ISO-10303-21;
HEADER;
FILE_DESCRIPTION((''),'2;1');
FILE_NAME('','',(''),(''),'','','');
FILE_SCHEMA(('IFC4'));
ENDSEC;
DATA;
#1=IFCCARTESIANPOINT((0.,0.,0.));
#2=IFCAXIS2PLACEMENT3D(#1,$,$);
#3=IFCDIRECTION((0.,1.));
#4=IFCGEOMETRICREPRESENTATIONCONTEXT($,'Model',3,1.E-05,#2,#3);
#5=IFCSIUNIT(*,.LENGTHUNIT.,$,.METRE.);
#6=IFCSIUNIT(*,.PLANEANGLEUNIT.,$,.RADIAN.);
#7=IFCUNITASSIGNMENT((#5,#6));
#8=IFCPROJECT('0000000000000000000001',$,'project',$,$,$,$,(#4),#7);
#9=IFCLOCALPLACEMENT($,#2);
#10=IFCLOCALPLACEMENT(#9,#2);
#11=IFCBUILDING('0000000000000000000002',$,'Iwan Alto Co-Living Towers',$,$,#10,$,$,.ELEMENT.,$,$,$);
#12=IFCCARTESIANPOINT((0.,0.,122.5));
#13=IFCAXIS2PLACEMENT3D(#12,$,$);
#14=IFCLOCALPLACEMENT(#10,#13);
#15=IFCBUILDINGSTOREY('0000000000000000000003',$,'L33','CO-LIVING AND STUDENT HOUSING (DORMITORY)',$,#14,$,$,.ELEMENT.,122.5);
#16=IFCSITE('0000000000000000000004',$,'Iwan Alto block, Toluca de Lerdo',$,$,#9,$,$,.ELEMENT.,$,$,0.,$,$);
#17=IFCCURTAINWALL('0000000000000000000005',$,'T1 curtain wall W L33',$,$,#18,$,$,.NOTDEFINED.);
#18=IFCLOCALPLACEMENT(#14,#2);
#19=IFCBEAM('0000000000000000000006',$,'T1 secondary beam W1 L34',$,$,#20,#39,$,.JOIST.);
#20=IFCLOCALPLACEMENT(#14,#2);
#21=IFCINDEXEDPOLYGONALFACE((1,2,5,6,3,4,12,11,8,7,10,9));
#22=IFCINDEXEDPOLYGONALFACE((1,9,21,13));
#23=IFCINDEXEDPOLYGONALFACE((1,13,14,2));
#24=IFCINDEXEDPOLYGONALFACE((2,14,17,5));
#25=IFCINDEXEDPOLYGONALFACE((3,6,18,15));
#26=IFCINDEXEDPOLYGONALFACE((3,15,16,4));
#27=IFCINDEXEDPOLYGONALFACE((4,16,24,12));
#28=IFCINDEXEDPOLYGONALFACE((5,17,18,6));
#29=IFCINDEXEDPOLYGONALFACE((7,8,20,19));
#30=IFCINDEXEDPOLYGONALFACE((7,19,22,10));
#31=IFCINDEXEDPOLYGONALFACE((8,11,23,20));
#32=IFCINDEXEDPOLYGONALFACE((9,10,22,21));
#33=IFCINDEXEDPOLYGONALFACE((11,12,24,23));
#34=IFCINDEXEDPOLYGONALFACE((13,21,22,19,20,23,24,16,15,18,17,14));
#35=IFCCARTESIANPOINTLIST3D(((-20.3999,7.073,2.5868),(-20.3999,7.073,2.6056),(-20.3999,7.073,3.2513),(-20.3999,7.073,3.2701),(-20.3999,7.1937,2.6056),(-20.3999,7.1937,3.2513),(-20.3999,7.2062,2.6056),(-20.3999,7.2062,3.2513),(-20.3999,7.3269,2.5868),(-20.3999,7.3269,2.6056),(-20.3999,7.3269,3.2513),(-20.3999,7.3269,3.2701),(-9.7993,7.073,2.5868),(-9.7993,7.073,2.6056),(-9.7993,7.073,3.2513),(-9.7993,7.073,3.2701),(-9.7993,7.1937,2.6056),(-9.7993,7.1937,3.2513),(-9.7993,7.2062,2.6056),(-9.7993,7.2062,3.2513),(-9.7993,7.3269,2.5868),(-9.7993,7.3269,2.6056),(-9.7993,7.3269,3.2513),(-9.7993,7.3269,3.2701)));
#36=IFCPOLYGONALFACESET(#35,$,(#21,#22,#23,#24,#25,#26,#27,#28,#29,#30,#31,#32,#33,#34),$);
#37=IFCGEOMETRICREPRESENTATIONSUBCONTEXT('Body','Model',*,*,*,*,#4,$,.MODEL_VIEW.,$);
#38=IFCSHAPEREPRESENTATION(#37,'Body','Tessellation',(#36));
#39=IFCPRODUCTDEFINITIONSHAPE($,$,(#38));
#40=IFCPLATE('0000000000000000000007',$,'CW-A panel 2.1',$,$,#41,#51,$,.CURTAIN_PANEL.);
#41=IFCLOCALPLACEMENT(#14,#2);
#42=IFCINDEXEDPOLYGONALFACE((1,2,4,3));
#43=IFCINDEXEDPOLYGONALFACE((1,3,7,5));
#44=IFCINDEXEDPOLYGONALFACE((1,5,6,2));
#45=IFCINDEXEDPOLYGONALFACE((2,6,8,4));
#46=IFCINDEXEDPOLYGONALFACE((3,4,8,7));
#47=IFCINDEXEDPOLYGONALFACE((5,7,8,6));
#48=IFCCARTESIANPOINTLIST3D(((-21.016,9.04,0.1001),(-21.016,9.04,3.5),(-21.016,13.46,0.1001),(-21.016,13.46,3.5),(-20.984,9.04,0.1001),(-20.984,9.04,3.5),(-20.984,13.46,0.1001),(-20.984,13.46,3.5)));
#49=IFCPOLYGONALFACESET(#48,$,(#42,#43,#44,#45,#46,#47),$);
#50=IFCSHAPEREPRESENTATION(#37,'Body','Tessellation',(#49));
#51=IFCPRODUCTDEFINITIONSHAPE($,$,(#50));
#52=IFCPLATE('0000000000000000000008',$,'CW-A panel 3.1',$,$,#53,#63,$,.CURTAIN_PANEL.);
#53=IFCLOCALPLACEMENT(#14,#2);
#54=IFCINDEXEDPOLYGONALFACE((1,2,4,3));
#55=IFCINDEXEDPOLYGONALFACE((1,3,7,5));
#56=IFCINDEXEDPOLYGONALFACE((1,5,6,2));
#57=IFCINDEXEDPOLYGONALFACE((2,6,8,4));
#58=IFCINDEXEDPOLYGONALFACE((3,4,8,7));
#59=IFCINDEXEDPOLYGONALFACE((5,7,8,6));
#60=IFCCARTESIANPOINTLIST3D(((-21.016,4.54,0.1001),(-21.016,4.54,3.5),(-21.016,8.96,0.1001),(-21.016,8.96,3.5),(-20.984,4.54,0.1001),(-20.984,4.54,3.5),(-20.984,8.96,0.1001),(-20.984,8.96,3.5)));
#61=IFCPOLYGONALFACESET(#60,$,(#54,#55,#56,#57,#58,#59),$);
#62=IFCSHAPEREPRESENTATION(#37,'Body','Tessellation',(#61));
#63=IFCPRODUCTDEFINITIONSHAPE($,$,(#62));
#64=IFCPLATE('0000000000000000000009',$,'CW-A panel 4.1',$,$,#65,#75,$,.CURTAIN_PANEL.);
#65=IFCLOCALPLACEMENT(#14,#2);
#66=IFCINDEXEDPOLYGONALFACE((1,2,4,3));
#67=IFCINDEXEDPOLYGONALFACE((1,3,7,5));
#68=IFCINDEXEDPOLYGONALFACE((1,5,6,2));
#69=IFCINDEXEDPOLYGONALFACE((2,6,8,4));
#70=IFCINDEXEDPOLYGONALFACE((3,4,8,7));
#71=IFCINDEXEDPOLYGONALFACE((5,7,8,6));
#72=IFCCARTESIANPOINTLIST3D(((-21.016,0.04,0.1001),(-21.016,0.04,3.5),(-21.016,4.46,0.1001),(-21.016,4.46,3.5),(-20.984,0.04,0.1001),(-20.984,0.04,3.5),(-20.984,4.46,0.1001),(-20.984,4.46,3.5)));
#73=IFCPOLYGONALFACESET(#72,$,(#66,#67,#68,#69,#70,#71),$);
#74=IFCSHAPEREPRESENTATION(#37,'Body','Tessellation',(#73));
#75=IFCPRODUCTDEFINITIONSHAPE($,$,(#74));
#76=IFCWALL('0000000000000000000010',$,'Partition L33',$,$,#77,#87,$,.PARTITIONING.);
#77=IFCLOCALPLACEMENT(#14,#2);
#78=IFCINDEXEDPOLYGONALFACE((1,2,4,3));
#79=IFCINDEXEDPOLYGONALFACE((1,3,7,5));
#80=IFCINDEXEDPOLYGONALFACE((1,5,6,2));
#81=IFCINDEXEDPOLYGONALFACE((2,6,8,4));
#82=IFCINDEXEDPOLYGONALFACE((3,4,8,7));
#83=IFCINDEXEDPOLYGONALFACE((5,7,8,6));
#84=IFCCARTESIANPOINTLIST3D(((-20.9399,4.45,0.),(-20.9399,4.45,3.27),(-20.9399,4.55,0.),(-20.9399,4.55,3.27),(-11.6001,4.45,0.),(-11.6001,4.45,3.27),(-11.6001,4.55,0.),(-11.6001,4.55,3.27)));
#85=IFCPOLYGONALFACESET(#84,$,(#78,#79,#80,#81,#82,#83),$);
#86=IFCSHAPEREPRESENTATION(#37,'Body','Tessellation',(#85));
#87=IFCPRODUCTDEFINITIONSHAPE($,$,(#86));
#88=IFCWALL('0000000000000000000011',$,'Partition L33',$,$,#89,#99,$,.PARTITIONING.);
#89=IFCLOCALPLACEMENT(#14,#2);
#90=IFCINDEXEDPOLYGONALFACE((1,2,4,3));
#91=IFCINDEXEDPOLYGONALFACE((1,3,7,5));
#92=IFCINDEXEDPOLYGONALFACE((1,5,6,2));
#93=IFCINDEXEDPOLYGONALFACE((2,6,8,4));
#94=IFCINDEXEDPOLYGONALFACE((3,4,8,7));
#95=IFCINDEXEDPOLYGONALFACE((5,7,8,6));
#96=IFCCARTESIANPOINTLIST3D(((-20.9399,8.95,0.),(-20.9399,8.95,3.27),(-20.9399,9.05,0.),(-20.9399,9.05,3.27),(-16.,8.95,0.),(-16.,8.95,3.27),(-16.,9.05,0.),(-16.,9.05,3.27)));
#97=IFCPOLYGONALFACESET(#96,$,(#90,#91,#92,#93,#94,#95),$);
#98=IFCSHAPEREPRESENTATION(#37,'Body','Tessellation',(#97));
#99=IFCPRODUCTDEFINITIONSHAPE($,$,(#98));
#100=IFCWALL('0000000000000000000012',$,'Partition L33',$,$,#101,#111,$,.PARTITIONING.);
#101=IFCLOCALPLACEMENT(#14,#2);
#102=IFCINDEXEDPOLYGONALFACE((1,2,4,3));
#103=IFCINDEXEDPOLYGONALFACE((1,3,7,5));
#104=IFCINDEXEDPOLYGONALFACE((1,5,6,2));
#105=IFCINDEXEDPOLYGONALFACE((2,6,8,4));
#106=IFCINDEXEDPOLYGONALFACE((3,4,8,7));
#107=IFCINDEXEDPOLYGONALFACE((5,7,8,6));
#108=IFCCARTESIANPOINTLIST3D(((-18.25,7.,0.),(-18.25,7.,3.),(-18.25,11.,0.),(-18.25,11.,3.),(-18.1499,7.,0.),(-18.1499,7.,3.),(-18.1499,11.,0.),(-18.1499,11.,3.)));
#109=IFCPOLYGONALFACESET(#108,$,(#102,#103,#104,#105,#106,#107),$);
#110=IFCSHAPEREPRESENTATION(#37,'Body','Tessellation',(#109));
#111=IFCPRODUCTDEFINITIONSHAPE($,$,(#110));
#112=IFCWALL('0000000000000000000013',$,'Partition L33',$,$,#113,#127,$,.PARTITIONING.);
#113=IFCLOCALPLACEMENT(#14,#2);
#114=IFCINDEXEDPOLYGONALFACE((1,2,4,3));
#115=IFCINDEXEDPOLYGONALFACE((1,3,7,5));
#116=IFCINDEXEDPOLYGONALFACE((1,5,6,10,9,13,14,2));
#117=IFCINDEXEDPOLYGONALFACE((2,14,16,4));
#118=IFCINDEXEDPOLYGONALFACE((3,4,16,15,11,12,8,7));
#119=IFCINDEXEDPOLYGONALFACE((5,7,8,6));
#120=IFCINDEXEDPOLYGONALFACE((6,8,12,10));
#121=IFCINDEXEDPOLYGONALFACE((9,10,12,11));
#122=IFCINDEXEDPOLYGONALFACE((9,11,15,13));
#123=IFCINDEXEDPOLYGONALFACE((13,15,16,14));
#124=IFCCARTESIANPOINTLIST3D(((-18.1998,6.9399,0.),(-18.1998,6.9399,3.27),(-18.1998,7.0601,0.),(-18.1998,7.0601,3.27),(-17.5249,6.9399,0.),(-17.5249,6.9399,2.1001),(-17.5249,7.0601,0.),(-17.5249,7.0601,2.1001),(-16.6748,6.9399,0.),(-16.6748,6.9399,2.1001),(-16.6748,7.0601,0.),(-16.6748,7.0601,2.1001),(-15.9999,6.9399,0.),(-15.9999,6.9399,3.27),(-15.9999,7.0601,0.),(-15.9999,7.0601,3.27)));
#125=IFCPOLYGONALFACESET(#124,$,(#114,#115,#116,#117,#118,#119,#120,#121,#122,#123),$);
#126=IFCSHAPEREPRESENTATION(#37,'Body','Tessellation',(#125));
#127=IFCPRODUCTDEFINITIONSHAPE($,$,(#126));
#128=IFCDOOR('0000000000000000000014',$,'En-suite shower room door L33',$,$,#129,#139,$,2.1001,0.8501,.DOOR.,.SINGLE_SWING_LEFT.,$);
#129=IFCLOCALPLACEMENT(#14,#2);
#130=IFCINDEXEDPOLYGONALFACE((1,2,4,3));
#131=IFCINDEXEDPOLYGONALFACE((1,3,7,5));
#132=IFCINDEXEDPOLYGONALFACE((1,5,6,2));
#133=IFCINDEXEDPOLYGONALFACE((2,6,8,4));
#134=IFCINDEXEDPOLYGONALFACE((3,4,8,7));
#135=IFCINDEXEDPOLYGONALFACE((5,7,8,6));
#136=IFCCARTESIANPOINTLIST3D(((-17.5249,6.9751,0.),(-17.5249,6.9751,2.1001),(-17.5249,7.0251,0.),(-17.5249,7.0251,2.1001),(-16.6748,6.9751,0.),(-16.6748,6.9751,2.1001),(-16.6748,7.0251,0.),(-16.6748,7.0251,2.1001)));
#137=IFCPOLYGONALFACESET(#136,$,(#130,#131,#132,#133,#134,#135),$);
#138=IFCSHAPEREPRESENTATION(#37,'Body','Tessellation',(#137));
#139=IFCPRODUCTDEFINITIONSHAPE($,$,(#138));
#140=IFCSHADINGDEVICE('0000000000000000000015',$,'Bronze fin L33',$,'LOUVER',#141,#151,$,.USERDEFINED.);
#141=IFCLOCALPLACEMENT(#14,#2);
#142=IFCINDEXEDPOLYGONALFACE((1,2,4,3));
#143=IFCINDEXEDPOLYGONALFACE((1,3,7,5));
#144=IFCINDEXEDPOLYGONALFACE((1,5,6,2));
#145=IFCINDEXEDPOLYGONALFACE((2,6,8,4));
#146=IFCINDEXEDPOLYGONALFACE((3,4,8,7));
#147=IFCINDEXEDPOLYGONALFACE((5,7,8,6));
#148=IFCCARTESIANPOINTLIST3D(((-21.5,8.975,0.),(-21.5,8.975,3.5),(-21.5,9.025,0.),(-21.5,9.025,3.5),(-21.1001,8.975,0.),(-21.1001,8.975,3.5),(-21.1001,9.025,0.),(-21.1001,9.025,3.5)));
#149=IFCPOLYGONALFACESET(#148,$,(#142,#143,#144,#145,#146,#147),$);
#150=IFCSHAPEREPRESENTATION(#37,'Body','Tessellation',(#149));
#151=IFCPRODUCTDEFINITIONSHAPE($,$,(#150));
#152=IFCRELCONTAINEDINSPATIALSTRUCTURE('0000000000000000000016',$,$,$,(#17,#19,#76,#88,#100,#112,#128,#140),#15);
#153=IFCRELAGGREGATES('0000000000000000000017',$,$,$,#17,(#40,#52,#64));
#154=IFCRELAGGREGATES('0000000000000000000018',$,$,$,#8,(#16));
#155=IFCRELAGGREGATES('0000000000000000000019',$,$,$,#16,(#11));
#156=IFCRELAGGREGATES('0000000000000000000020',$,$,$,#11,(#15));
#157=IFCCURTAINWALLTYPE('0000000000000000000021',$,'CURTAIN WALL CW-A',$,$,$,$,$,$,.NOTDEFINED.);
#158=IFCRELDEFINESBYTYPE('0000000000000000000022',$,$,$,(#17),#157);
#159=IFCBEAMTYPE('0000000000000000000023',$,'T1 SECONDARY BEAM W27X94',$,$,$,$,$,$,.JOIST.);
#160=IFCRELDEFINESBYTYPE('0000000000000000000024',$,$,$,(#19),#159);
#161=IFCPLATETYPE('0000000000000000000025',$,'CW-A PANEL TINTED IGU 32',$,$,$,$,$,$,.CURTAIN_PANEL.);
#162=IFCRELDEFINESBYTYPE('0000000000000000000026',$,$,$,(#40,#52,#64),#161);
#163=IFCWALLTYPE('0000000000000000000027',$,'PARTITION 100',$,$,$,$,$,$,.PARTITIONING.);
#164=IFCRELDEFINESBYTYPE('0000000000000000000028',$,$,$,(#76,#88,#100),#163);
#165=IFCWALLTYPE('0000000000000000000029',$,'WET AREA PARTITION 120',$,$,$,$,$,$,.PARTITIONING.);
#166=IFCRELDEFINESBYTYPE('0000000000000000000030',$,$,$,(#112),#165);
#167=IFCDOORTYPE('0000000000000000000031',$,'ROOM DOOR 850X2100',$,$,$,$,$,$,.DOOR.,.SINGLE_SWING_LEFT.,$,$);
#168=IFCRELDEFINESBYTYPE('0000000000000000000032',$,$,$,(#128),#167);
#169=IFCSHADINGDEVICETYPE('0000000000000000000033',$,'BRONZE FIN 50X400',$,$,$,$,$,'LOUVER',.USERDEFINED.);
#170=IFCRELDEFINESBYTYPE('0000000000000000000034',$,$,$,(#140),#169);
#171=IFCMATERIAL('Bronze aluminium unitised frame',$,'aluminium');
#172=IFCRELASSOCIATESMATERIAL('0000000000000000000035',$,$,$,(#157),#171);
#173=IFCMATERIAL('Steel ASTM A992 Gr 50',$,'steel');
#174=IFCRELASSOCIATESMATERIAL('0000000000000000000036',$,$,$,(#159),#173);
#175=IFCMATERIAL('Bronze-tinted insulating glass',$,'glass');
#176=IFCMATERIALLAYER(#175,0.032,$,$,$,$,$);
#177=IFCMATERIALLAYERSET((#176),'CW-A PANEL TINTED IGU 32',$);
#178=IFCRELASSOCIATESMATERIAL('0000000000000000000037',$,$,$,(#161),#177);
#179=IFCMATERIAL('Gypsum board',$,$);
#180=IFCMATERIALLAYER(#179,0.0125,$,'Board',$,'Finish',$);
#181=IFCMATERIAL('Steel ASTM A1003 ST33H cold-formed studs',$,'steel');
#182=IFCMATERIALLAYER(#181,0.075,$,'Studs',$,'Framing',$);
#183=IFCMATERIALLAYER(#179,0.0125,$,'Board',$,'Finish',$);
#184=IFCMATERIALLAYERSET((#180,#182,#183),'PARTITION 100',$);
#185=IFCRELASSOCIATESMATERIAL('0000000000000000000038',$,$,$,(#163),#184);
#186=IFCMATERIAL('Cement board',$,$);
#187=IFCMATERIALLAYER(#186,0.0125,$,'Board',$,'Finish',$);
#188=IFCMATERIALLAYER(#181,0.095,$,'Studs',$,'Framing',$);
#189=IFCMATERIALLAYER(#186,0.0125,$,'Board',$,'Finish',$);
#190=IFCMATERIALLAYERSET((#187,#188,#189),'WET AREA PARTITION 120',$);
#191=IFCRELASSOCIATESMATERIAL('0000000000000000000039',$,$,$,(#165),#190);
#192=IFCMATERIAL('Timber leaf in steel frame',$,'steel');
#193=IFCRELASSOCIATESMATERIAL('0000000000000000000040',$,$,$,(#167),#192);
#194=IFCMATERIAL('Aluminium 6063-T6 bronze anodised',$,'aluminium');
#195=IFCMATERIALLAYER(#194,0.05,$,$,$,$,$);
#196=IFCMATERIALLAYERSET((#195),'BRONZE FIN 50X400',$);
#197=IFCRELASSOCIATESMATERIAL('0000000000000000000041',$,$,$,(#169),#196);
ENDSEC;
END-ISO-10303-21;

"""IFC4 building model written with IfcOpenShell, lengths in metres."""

from ifc_helpers import new_model, si_unit, direction, frame, frame_2d, origin, origin_2d, place, context, subcontext, project, spatial, rectangle, i_section, extrude, material, layer, layer_set, material_profile, profile_set, type_object, element, fill, aggregate, save


model = new_model("IFC4")

# Units and contexts
model_context = context("Model", 3, precision=1e-05, world=origin(), true_north=direction((0.0, 1.0)))
body_context = subcontext(model_context, "Body", "Model", "MODEL_VIEW")
ifc_project = project(units=[si_unit("LENGTHUNIT", "METRE"), si_unit("PLANEANGLEUNIT", "RADIAN")], contexts=[model_context])

# Site, building, storey
site_placement = place(None, origin())
site = spatial("IfcSite", under=ifc_project, at=site_placement, Name="Iwan Alto block, Toluca de Lerdo", CompositionType="ELEMENT", RefElevation=0.0)
building_placement = place(site_placement, origin())
building = spatial("IfcBuilding", under=site, at=building_placement, Name="Iwan Alto Co-Living Towers", CompositionType="ELEMENT")
storey_placement = place(building_placement, frame((0.0, 0.0, 122.5)))
storey = spatial("IfcBuildingStorey", under=building, at=storey_placement, Name="L33", Description="CO-LIVING AND STUDENT HOUSING (DORMITORY)", CompositionType="ELEMENT", Elevation=122.5)

# Curtain wall
ifc_material_1 = material(Name="Bronze aluminium unitised frame", Category="aluminium")
curtain_wall_type = type_object("IfcCurtainWallType", Name="CURTAIN WALL CW-A", PredefinedType="NOTDEFINED", material=ifc_material_1)
curtain_wall_placement = place(storey_placement, origin())
curtain_wall = element("IfcCurtainWall", 1, at=curtain_wall_placement, inside=storey, type_object=curtain_wall_type, Name="T1 curtain wall W L33", PredefinedType="NOTDEFINED")

# Beam
ifc_material_2 = material(Name="Steel ASTM A992 Gr 50", Category="steel")
ifc_material_profile_1 = material_profile(ifc_material_2, i_section(OverallWidth=0.2539, OverallDepth=0.6833, WebThickness=0.0125, FlangeThickness=0.0188, at=origin_2d()), Name="W27X94")
ifc_profile_set_1 = profile_set([ifc_material_profile_1], Name="Steel ASTM A992 Gr 50")
beam_type_1 = type_object("IfcBeamType", Name="T1 SECONDARY BEAM W27X94", PredefinedType="JOIST", material=ifc_profile_set_1)
beam_1_placement = place(storey_placement, frame((-20.3999, 7.2, 2.9285), z_axis=(1.0, 0.0, 0.0), x_axis=(0.0, 1.0, 0.0)))
element("IfcBeam", 2, at=beam_1_placement, inside=storey, type_object=beam_type_1, Name="T1 secondary beam W1 L34", PredefinedType="JOIST", context=body_context, shape_type="SweptSolid", body=[
    extrude(i_section(OverallWidth=0.2539, OverallDepth=0.6833, WebThickness=0.0125, FlangeThickness=0.0188, at=origin_2d()), origin(), (0.0, 0.0, 1.0), 10.6006),
])

# Plates
ifc_material_3 = material(Name="Bronze-tinted insulating glass", Category="glass")
ifc_layer_1 = layer(ifc_material_3, 0.032)
ifc_layer_set_1 = layer_set([ifc_layer_1], Name="CW-A PANEL TINTED IGU 32")
plate_type = type_object("IfcPlateType", Name="CW-A PANEL TINTED IGU 32", PredefinedType="CURTAIN_PANEL", material=ifc_layer_set_1)
plate_1_placement = place(storey_placement, frame((-21.0, 11.25, 0.1001), z_axis=(0.0, 0.0, 1.0), x_axis=(0.0, -1.0, 0.0)))
plate_1 = element("IfcPlate", 3, at=plate_1_placement, type_object=plate_type, Name="CW-A panel 2.1", PredefinedType="CURTAIN_PANEL", context=body_context, shape_type="SweptSolid", body=[
    extrude(rectangle(XDim=4.4199, YDim=0.032, at=origin_2d()), origin(), (0.0, 0.0, 1.0), 3.3999),
])
plate_2_placement = place(storey_placement, frame((-21.0, 6.75, 0.1001), z_axis=(0.0, 0.0, 1.0), x_axis=(0.0, -1.0, 0.0)))
plate_2 = element("IfcPlate", 4, at=plate_2_placement, type_object=plate_type, Name="CW-A panel 3.1", PredefinedType="CURTAIN_PANEL", context=body_context, shape_type="SweptSolid", body=[
    extrude(rectangle(XDim=4.4199, YDim=0.032, at=origin_2d()), origin(), (0.0, 0.0, 1.0), 3.3999),
])
plate_3_placement = place(storey_placement, frame((-21.0, 2.25, 0.1001), z_axis=(0.0, 0.0, 1.0), x_axis=(0.0, -1.0, 0.0)))
plate_3 = element("IfcPlate", 5, at=plate_3_placement, type_object=plate_type, Name="CW-A panel 4.1", PredefinedType="CURTAIN_PANEL", context=body_context, shape_type="SweptSolid", body=[
    extrude(rectangle(XDim=4.4199, YDim=0.032, at=origin_2d()), origin(), (0.0, 0.0, 1.0), 3.3999),
])
aggregate(curtain_wall, [plate_1, plate_2, plate_3])

# Walls
ifc_material_4 = material(Name="Gypsum board")
ifc_layer_2 = layer(ifc_material_4, 0.0125, Name="Board", Category="Finish")
ifc_material_5 = material(Name="Steel ASTM A1003 ST33H cold-formed studs", Category="steel")
ifc_layer_3 = layer(ifc_material_5, 0.075, Name="Studs", Category="Framing")
ifc_layer_4 = layer(ifc_material_4, 0.0125, Name="Board", Category="Finish")
ifc_layer_set_2 = layer_set([ifc_layer_2, ifc_layer_3, ifc_layer_4], Name="PARTITION 100")
wall_type_1 = type_object("IfcWallType", Name="PARTITION 100", PredefinedType="PARTITIONING", material=ifc_layer_set_2)
wall_1_placement = place(storey_placement, frame((-20.9399, 4.5, 0.0), z_axis=(0.0, 0.0, 1.0), x_axis=(1.0, 0.0, 0.0)))
element("IfcWall", 6, at=wall_1_placement, inside=storey, type_object=wall_type_1, Name="Partition L33", PredefinedType="PARTITIONING", context=body_context, shape_type="SweptSolid", body=[
    extrude(rectangle(XDim=9.3398, YDim=0.1001, at=frame_2d((4.6699, 0.0))), origin(), (0.0, 0.0, 1.0), 3.27),
])
wall_2_placement = place(storey_placement, frame((-20.9399, 9.0, 0.0), z_axis=(0.0, 0.0, 1.0), x_axis=(1.0, 0.0, 0.0)))
element("IfcWall", 7, at=wall_2_placement, inside=storey, type_object=wall_type_1, Name="Partition L33", PredefinedType="PARTITIONING", context=body_context, shape_type="SweptSolid", body=[
    extrude(rectangle(XDim=4.9399, YDim=0.1001, at=frame_2d((2.47, 0.0))), origin(), (0.0, 0.0, 1.0), 3.27),
])
wall_3_placement = place(storey_placement, frame((-18.2, 7.0, 0.0), z_axis=(0.0, 0.0, 1.0), x_axis=(0.0, 1.0, 0.0)))
element("IfcWall", 8, at=wall_3_placement, inside=storey, type_object=wall_type_1, Name="Partition L33", PredefinedType="PARTITIONING", context=body_context, shape_type="SweptSolid", body=[
    extrude(rectangle(XDim=4.0, YDim=0.1001, at=frame_2d((2.0, 0.0))), origin(), (0.0, 0.0, 1.0), 3.0),
])

# Wall, opening, door
ifc_material_6 = material(Name="Cement board")
ifc_layer_5 = layer(ifc_material_6, 0.0125, Name="Board", Category="Finish")
ifc_layer_6 = layer(ifc_material_5, 0.095, Name="Studs", Category="Framing")
ifc_layer_7 = layer(ifc_material_6, 0.0125, Name="Board", Category="Finish")
ifc_layer_set_3 = layer_set([ifc_layer_5, ifc_layer_6, ifc_layer_7], Name="WET AREA PARTITION 120")
wall_type_2 = type_object("IfcWallType", Name="WET AREA PARTITION 120", PredefinedType="PARTITIONING", material=ifc_layer_set_3)
wall_4_placement = place(storey_placement, frame((-18.2, 7.0, 0.0), z_axis=(0.0, 0.0, 1.0), x_axis=(1.0, 0.0, 0.0)))
wall_4 = element("IfcWall", 9, at=wall_4_placement, inside=storey, type_object=wall_type_2, Name="Partition L33", PredefinedType="PARTITIONING", context=body_context, shape_type="SweptSolid", body=[
    extrude(rectangle(XDim=2.2, YDim=0.1201, at=frame_2d((1.1001, 0.0))), origin(), (0.0, 0.0, 1.0), 3.27),
])
opening_placement = place(wall_4_placement, frame((0.675, 0.0, 0.0)))
opening = element("IfcOpeningElement", 10, at=opening_placement, cuts=wall_4, PredefinedType="OPENING", context=body_context, shape_type="SweptSolid", body=[
    extrude(rectangle(XDim=0.8501, YDim=2.1001, at=frame_2d((0.425, 1.05))), frame((0.0, 0.0701, 0.0), z_axis=(0.0, -1.0, 0.0), x_axis=(1.0, 0.0, 0.0)), (0.0, 0.0, 1.0), 0.1401),
])
ifc_material_7 = material(Name="Timber leaf in steel frame", Category="steel")
door_type = type_object("IfcDoorType", Name="ROOM DOOR 850X2100", OperationType="SINGLE_SWING_LEFT", PredefinedType="DOOR", material=ifc_material_7)
door_placement = place(opening_placement, frame((0.8501, 0.0, 0.0), z_axis=(0.0, 0.0, 1.0), x_axis=(-1.0, 0.0, 0.0)))
door = element("IfcDoor", 11, at=door_placement, inside=storey, type_object=door_type, Name="En-suite shower room door L33", OperationType="SINGLE_SWING_LEFT", OverallHeight=2.1001, OverallWidth=0.8501, PredefinedType="DOOR", context=body_context, shape_type="SweptSolid", body=[
    extrude(rectangle(XDim=0.8501, YDim=2.1001, at=frame_2d((0.425, 1.05))), frame((0.0, 0.0249, 0.0), z_axis=(0.0, -1.0, 0.0), x_axis=(1.0, 0.0, 0.0)), (0.0, 0.0, 1.0), 0.05),
])
fill(opening, door)

# Shading device
ifc_material_8 = material(Name="Aluminium 6063-T6 bronze anodised", Category="aluminium")
ifc_layer_8 = layer(ifc_material_8, 0.05)
ifc_layer_set_4 = layer_set([ifc_layer_8], Name="BRONZE FIN 50X400")
shading_device_type = type_object("IfcShadingDeviceType", Name="BRONZE FIN 50X400", ElementType="LOUVER", PredefinedType="USERDEFINED", material=ifc_layer_set_4)
shading_device_placement = place(storey_placement, frame((-21.3, 9.0, 0.0), z_axis=(0.0, 0.0, 1.0), x_axis=(0.0, -1.0, 0.0)))
element("IfcShadingDevice", 12, at=shading_device_placement, inside=storey, type_object=shading_device_type, Name="Bronze fin L33", ObjectType="LOUVER", PredefinedType="USERDEFINED", context=body_context, shape_type="SweptSolid", body=[
    extrude(rectangle(XDim=0.05, YDim=0.3999, at=origin_2d()), origin(), (0.0, 0.0, 1.0), 3.5),
])

save(model, "model.ifc")
